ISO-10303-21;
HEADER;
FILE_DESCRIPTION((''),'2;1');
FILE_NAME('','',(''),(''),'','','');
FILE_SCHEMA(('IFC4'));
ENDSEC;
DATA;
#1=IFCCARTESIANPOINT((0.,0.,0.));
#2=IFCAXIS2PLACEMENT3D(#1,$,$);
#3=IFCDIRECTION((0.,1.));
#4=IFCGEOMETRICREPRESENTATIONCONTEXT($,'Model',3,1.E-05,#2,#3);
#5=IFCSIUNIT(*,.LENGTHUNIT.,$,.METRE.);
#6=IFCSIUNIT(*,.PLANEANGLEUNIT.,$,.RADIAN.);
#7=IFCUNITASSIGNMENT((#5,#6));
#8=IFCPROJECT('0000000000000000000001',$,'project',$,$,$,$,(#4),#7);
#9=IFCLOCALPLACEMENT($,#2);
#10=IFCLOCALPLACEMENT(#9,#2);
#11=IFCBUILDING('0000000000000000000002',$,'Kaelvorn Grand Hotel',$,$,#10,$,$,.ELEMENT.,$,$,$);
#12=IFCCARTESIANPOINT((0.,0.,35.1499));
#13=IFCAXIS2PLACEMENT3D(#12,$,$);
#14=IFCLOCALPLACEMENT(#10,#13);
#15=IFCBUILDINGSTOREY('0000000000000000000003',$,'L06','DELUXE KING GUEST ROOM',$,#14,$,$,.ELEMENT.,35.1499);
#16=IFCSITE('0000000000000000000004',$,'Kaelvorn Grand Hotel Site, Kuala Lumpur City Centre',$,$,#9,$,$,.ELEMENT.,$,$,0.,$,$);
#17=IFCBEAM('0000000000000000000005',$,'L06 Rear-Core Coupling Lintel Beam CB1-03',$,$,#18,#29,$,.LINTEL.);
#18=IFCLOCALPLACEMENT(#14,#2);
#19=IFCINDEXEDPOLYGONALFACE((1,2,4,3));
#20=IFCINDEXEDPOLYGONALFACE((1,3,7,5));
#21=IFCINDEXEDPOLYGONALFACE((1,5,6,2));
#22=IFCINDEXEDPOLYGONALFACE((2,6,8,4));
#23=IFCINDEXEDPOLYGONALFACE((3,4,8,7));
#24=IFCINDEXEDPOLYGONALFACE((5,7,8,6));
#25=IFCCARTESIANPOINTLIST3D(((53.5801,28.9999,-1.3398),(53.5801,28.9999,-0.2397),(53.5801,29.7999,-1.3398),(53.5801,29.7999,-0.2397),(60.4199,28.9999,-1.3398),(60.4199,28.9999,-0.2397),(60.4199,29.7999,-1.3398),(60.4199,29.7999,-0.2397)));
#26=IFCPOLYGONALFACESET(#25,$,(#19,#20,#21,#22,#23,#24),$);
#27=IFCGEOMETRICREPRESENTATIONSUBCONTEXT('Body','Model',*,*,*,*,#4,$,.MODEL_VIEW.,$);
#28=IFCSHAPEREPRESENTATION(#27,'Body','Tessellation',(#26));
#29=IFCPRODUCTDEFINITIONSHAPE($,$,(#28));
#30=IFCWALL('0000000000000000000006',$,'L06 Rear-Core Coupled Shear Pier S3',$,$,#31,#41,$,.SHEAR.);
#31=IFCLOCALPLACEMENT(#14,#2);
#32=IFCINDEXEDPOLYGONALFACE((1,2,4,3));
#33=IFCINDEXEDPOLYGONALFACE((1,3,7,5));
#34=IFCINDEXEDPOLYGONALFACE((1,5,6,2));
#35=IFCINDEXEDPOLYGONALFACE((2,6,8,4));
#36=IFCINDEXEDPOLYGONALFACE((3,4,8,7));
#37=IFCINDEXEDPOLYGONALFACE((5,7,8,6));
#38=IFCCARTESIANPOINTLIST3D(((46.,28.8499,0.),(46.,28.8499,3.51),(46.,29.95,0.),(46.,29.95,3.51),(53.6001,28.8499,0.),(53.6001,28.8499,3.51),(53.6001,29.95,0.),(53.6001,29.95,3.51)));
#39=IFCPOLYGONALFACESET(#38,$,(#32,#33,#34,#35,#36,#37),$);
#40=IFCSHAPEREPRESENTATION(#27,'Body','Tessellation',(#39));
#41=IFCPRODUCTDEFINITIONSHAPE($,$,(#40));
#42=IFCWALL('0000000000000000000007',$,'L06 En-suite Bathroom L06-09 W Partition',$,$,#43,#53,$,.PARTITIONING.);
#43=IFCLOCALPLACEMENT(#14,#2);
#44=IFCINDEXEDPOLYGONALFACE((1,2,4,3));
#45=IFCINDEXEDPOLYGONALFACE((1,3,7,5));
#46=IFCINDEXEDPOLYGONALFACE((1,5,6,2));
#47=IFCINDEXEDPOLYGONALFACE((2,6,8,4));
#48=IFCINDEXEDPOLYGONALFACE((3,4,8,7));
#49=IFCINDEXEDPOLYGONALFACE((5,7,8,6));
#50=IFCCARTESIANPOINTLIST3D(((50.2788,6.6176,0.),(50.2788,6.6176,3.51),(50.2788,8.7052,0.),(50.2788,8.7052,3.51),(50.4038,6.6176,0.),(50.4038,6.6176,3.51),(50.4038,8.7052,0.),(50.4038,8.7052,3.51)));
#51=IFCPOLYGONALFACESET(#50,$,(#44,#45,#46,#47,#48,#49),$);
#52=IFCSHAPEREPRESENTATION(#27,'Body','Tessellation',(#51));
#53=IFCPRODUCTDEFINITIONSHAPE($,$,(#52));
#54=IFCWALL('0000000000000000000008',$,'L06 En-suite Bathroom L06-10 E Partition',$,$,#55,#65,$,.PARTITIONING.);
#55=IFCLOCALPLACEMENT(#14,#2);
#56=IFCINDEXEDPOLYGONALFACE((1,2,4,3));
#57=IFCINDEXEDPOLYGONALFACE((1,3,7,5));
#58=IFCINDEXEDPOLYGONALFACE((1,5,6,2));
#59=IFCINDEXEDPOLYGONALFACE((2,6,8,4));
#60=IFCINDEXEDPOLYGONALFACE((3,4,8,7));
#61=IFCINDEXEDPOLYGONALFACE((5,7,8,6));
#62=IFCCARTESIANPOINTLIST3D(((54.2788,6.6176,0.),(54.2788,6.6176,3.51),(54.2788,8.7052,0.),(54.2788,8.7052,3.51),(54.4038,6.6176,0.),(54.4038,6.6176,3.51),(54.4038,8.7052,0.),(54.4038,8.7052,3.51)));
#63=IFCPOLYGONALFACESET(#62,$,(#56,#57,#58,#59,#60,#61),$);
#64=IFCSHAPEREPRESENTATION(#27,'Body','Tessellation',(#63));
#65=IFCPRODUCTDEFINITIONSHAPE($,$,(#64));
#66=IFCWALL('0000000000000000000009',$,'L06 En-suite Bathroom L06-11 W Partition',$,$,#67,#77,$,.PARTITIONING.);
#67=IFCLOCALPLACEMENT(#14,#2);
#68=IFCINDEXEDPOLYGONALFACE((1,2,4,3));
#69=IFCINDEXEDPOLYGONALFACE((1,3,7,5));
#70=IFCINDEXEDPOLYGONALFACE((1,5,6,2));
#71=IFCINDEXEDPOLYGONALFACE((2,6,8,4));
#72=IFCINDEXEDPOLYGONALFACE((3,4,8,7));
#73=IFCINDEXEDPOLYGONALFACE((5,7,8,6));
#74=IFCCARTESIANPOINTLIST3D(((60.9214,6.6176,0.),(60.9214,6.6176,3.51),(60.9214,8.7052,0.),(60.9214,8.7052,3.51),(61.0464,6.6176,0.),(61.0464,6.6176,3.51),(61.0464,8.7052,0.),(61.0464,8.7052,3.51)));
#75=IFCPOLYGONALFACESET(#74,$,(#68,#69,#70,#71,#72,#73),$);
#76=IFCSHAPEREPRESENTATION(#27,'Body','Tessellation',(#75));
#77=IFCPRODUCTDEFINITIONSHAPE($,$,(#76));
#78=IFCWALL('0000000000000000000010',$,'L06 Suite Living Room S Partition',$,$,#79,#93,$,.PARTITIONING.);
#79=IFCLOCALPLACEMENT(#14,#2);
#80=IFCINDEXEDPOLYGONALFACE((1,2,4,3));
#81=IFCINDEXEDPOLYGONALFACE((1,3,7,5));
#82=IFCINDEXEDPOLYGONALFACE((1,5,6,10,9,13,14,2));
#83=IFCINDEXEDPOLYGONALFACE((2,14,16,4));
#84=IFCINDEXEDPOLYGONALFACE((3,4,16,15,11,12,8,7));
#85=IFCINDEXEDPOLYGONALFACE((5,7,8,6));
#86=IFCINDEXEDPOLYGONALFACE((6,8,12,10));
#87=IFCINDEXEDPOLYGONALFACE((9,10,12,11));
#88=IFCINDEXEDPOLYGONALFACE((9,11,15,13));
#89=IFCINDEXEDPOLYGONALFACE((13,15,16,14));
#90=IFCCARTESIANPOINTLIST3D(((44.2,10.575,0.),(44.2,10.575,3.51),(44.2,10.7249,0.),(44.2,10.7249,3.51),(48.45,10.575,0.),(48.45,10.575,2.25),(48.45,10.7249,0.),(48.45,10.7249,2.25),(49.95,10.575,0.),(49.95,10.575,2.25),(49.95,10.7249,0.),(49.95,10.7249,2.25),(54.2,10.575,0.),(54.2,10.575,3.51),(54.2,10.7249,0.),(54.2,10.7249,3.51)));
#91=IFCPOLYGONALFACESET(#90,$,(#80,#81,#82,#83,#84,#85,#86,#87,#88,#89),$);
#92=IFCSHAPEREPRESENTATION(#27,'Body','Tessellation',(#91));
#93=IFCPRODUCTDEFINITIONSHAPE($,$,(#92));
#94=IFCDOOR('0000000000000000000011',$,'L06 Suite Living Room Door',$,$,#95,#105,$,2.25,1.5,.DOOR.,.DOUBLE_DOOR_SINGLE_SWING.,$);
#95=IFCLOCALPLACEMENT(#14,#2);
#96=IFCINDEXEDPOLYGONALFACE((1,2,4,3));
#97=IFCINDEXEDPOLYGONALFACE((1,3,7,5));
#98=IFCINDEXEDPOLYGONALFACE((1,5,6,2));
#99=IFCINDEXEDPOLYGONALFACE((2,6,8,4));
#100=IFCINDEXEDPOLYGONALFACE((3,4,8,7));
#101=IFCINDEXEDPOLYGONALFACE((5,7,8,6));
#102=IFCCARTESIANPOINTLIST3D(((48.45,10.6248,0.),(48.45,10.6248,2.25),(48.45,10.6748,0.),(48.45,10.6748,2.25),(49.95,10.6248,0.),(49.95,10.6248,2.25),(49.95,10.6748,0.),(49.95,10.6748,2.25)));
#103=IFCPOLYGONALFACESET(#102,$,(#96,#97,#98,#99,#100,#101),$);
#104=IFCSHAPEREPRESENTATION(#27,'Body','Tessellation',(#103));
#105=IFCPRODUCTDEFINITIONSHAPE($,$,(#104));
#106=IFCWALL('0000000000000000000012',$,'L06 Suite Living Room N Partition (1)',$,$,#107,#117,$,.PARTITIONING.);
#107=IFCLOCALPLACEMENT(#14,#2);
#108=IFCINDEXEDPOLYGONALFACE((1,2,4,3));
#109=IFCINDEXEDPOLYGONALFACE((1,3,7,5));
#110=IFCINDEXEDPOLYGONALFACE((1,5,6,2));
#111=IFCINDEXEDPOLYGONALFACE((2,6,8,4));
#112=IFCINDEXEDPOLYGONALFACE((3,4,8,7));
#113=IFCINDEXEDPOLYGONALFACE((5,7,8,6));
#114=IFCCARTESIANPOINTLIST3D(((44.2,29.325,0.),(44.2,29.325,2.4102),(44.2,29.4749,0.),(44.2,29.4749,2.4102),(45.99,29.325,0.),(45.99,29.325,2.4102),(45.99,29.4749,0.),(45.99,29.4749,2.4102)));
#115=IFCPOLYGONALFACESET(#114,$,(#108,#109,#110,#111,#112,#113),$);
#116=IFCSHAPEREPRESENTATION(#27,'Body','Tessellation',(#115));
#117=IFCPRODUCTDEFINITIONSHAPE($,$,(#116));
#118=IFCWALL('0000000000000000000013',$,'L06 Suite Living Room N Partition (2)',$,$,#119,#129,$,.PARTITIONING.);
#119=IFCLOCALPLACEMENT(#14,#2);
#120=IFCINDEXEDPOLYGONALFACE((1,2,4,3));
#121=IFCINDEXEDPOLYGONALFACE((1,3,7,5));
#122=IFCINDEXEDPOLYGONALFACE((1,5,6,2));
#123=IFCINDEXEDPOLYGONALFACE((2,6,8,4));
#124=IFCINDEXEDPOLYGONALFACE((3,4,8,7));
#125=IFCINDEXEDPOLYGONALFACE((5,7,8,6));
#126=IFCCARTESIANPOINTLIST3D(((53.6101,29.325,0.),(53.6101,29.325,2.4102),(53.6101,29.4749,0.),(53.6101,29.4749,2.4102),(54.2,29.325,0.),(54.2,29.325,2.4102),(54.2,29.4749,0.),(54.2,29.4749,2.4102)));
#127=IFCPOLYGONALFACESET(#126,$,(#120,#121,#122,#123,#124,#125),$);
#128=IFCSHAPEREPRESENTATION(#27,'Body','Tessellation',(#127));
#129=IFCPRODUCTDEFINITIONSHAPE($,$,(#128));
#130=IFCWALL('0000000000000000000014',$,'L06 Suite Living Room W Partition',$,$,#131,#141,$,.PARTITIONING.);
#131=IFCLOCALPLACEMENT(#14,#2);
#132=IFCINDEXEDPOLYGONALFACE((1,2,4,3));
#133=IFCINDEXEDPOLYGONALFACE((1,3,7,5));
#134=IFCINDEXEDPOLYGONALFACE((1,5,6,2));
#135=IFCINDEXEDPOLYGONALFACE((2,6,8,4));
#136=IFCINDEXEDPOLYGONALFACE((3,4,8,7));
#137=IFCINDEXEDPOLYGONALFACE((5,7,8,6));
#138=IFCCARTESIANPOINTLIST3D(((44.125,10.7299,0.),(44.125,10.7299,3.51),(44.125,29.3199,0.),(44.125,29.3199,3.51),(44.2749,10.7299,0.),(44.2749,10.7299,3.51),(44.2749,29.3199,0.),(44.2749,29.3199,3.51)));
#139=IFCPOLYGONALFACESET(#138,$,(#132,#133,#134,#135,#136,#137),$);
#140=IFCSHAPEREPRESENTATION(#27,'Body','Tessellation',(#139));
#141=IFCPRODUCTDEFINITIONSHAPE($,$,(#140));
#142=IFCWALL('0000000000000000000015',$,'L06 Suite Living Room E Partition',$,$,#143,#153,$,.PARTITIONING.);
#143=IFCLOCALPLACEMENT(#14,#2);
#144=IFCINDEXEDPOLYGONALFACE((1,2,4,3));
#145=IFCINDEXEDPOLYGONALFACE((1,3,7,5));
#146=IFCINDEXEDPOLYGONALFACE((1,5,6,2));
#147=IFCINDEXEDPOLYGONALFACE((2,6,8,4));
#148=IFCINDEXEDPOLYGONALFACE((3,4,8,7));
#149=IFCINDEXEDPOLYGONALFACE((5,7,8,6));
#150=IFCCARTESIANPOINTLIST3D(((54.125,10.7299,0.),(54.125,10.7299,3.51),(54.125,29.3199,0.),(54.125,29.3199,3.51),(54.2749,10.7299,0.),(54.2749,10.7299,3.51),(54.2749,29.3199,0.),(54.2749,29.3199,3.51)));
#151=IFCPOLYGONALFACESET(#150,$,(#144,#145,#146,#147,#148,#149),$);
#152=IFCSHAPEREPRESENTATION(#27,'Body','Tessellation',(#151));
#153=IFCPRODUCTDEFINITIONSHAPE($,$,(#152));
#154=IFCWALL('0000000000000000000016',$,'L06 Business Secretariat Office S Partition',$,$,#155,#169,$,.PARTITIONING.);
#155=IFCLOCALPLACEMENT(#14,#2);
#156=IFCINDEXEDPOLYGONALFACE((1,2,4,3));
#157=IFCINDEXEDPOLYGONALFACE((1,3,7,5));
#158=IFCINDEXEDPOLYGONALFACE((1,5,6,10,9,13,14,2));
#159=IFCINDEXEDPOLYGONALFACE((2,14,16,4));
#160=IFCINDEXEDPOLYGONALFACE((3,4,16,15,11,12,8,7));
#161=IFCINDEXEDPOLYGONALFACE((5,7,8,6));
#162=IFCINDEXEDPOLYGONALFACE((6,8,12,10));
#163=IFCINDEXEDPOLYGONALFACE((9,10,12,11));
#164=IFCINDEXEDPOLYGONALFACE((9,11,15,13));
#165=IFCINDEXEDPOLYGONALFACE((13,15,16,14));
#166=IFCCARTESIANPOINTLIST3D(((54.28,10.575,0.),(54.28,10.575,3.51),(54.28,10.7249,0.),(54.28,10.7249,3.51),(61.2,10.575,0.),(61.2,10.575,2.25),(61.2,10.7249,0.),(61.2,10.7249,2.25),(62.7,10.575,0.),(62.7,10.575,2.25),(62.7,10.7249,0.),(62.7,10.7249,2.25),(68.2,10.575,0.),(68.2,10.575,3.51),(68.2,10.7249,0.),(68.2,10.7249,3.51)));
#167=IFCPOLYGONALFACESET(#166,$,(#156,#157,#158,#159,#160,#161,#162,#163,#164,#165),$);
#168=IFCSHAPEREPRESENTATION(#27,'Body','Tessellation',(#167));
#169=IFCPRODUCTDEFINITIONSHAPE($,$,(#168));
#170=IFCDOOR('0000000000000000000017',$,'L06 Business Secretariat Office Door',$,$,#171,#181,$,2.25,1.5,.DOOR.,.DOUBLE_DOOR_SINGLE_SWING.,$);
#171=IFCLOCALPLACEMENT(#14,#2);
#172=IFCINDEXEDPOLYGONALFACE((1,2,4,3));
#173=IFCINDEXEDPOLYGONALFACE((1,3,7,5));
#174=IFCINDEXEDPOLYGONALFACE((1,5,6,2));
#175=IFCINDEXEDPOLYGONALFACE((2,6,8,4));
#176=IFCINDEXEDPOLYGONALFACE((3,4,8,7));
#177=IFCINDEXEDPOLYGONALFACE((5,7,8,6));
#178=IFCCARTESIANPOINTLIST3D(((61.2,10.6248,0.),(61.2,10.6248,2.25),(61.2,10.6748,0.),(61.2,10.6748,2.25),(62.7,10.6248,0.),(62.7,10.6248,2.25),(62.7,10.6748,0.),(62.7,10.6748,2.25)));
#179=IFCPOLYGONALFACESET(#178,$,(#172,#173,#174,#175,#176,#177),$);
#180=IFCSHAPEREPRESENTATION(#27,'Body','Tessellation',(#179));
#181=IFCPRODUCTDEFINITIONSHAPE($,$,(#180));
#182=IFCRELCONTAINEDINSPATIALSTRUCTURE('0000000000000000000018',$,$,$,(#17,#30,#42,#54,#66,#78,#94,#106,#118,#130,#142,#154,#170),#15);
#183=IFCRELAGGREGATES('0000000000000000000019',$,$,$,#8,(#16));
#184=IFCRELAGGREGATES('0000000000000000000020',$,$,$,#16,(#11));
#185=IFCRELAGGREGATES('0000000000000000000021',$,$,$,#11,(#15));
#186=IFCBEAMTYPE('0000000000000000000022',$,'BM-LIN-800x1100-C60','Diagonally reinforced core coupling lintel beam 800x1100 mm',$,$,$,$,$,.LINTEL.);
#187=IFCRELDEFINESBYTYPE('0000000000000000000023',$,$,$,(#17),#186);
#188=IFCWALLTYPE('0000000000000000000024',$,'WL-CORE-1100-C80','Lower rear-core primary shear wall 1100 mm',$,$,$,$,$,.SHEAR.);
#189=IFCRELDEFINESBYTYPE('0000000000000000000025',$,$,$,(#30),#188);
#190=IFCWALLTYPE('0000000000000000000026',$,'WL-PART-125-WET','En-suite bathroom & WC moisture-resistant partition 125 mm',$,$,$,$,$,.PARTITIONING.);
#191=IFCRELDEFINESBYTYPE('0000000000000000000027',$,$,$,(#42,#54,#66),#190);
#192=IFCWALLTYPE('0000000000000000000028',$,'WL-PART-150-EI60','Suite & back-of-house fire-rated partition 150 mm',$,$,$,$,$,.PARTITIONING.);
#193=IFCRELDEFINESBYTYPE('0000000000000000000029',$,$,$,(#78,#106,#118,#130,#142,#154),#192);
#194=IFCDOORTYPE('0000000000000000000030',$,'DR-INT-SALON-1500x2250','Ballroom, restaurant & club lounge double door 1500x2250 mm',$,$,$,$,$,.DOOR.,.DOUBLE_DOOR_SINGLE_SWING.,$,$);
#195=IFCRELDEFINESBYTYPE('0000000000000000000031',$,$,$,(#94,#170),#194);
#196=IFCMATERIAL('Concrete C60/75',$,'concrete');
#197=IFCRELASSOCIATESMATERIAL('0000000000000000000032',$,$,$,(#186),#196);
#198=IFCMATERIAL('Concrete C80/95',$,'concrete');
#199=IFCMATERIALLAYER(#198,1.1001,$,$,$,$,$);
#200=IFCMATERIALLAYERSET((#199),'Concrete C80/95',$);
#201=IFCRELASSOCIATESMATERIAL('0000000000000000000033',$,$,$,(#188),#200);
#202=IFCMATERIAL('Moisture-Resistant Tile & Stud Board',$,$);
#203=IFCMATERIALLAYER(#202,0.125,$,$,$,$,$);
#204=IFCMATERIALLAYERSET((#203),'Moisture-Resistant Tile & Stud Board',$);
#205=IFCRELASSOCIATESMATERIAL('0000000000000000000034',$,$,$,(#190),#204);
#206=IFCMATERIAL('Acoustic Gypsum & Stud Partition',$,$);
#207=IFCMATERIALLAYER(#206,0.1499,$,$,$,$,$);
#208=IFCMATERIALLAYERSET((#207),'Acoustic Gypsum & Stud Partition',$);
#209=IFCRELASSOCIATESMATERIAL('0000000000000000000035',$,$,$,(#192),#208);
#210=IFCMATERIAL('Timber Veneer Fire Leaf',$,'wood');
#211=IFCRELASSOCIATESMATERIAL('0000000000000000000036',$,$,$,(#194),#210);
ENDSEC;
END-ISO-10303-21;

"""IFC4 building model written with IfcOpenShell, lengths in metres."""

from ifc_helpers import new_model, si_unit, direction, frame, frame_2d, origin, origin_2d, place, context, subcontext, project, spatial, rectangle, extrude, material, layer, layer_set, material_profile, profile_set, type_object, element, fill, save


model = new_model("IFC4")

# Units and contexts
model_context = context("Model", 3, precision=1e-05, world=origin(), true_north=direction((0.0, 1.0)))
body_context = subcontext(model_context, "Body", "Model", "MODEL_VIEW")
ifc_project = project(units=[si_unit("LENGTHUNIT", "METRE"), si_unit("PLANEANGLEUNIT", "RADIAN")], contexts=[model_context])

# Site, building, storey
site_placement = place(None, origin())
site = spatial("IfcSite", under=ifc_project, at=site_placement, Name="Kaelvorn Grand Hotel Site, Kuala Lumpur City Centre", CompositionType="ELEMENT", RefElevation=0.0)
building_placement = place(site_placement, origin())
building = spatial("IfcBuilding", under=site, at=building_placement, Name="Kaelvorn Grand Hotel", CompositionType="ELEMENT")
storey_placement = place(building_placement, frame((0.0, 0.0, 35.1499)))
storey = spatial("IfcBuildingStorey", under=building, at=storey_placement, Name="L06", Description="DELUXE KING GUEST ROOM", CompositionType="ELEMENT", Elevation=35.1499)

# Shared definitions
ifc_material_1 = material(Name="Concrete C80/95", Category="concrete")

# Beam
ifc_material_2 = material(Name="Concrete C60/75", Category="concrete")
ifc_material_profile_1 = material_profile(ifc_material_2, rectangle(XDim=0.8, YDim=1.1001, at=origin_2d()), Name="RC LINTEL 800x1100")
ifc_profile_set_1 = profile_set([ifc_material_profile_1], Name="Concrete C60/75")
beam_type_1 = type_object("IfcBeamType", Name="BM-LIN-800x1100-C60", Description="Diagonally reinforced core coupling lintel beam 800x1100 mm", PredefinedType="LINTEL", material=ifc_profile_set_1)
beam_1_placement = place(storey_placement, frame((53.5801, 29.3999, -0.7898), z_axis=(1.0, 0.0, 0.0), x_axis=(0.0, 1.0, 0.0)))
element("IfcBeam", 1, at=beam_1_placement, inside=storey, type_object=beam_type_1, Name="L06 Rear-Core Coupling Lintel Beam CB1-03", PredefinedType="LINTEL", context=body_context, shape_type="SweptSolid", body=[
    extrude(rectangle(XDim=0.8, YDim=1.1001, at=origin_2d()), origin(), (0.0, 0.0, 1.0), 6.8398),
])

# Walls
ifc_layer_1 = layer(ifc_material_1, 1.1001)
ifc_layer_set_1 = layer_set([ifc_layer_1], Name="Concrete C80/95")
wall_type_1 = type_object("IfcWallType", Name="WL-CORE-1100-C80", Description="Lower rear-core primary shear wall 1100 mm", PredefinedType="SHEAR", material=ifc_layer_set_1)
wall_1_placement = place(storey_placement, frame((46.0, 29.3999, 0.0), z_axis=(0.0, 0.0, 1.0), x_axis=(1.0, 0.0, 0.0)))
element("IfcWall", 2, at=wall_1_placement, inside=storey, type_object=wall_type_1, Name="L06 Rear-Core Coupled Shear Pier S3", PredefinedType="SHEAR", context=body_context, shape_type="SweptSolid", body=[
    extrude(rectangle(XDim=7.6001, YDim=1.1001, at=frame_2d((3.8, 0.0))), origin(), (0.0, 0.0, 1.0), 3.51),
])
ifc_material_3 = material(Name="Moisture-Resistant Tile & Stud Board")
ifc_layer_2 = layer(ifc_material_3, 0.125)
ifc_layer_set_2 = layer_set([ifc_layer_2], Name="Moisture-Resistant Tile & Stud Board")
wall_type_2 = type_object("IfcWallType", Name="WL-PART-125-WET", Description="En-suite bathroom & WC moisture-resistant partition 125 mm", PredefinedType="PARTITIONING", material=ifc_layer_set_2)
for number, where, z_axis, x_axis, name in (
    (3, (50.3413, 6.6174, 0.0), (0.0, 0.0, 1.0), (0.0, 1.0, 0.0), "L06 En-suite Bathroom L06-09 W Partition"),
    (4, (54.3413, 6.6174, 0.0), (0.0, 0.0, 1.0), (0.0, 1.0, 0.0), "L06 En-suite Bathroom L06-10 E Partition"),
    (5, (60.9839, 6.6174, 0.0), (0.0, 0.0, 1.0), (0.0, 1.0, 0.0), "L06 En-suite Bathroom L06-11 W Partition"),
):
    element("IfcWall", number, at=place(storey_placement, frame(where, z_axis=z_axis, x_axis=x_axis)), inside=storey, type_object=wall_type_2, Name=name, PredefinedType="PARTITIONING", context=body_context, shape_type="SweptSolid", body=[
        extrude(rectangle(XDim=2.0876, YDim=0.125, at=frame_2d((1.0439, 0.0))), origin(), (0.0, 0.0, 1.0), 3.51),
    ])

# Wall, opening, door
ifc_material_4 = material(Name="Acoustic Gypsum & Stud Partition")
ifc_layer_3 = layer(ifc_material_4, 0.1499)
ifc_layer_set_3 = layer_set([ifc_layer_3], Name="Acoustic Gypsum & Stud Partition")
wall_type_3 = type_object("IfcWallType", Name="WL-PART-150-EI60", Description="Suite & back-of-house fire-rated partition 150 mm", PredefinedType="PARTITIONING", material=ifc_layer_set_3)
wall_2_placement = place(storey_placement, frame((44.2, 10.6499, 0.0), z_axis=(0.0, 0.0, 1.0), x_axis=(1.0, 0.0, 0.0)))
wall_2 = element("IfcWall", 6, at=wall_2_placement, inside=storey, type_object=wall_type_3, Name="L06 Suite Living Room S Partition", PredefinedType="PARTITIONING", context=body_context, shape_type="SweptSolid", body=[
    extrude(rectangle(XDim=10.0, YDim=0.1499, at=frame_2d((5.0, 0.0))), origin(), (0.0, 0.0, 1.0), 3.51),
])
opening_1_placement = place(wall_2_placement, frame((4.25, 0.0, 0.0)))
opening_1 = element("IfcOpeningElement", 7, at=opening_1_placement, cuts=wall_2, PredefinedType="OPENING", context=body_context, shape_type="SweptSolid", body=[
    extrude(rectangle(XDim=1.5, YDim=2.25, at=frame_2d((0.75, 1.125))), frame((0.0, 0.085, 0.0), z_axis=(0.0, -1.0, 0.0), x_axis=(1.0, 0.0, 0.0)), (0.0, 0.0, 1.0), 0.1699),
])
ifc_material_5 = material(Name="Timber Veneer Fire Leaf", Category="wood")
door_type_1 = type_object("IfcDoorType", Name="DR-INT-SALON-1500x2250", Description="Ballroom, restaurant & club lounge double door 1500x2250 mm", OperationType="DOUBLE_DOOR_SINGLE_SWING", PredefinedType="DOOR", material=ifc_material_5)
door_1_placement = place(opening_1_placement, origin())
door_1 = element("IfcDoor", 8, at=door_1_placement, inside=storey, type_object=door_type_1, Name="L06 Suite Living Room Door", OperationType="DOUBLE_DOOR_SINGLE_SWING", OverallHeight=2.25, OverallWidth=1.5, PredefinedType="DOOR", context=body_context, shape_type="SweptSolid", body=[
    extrude(rectangle(XDim=1.5, YDim=2.25, at=frame_2d((0.75, 1.125))), frame((0.0, 0.0249, 0.0), z_axis=(0.0, -1.0, 0.0), x_axis=(1.0, 0.0, 0.0)), (0.0, 0.0, 1.0), 0.05),
])
fill(opening_1, door_1)

# Walls
wall_3_placement = place(storey_placement, frame((44.2, 29.3999, 0.0), z_axis=(0.0, 0.0, 1.0), x_axis=(1.0, 0.0, 0.0)))
element("IfcWall", 9, at=wall_3_placement, inside=storey, type_object=wall_type_3, Name="L06 Suite Living Room N Partition (1)", PredefinedType="PARTITIONING", context=body_context, shape_type="SweptSolid", body=[
    extrude(rectangle(XDim=1.79, YDim=0.1499, at=frame_2d((0.895, 0.0))), origin(), (0.0, 0.0, 1.0), 2.4102),
])
wall_4_placement = place(storey_placement, frame((53.6101, 29.3999, 0.0), z_axis=(0.0, 0.0, 1.0), x_axis=(1.0, 0.0, 0.0)))
element("IfcWall", 10, at=wall_4_placement, inside=storey, type_object=wall_type_3, Name="L06 Suite Living Room N Partition (2)", PredefinedType="PARTITIONING", context=body_context, shape_type="SweptSolid", body=[
    extrude(rectangle(XDim=0.5898, YDim=0.1499, at=frame_2d((0.2949, 0.0))), origin(), (0.0, 0.0, 1.0), 2.4102),
])
for number, where, z_axis, x_axis, name in (
    (11, (44.2, 10.73, 0.0), (0.0, 0.0, 1.0), (0.0, 1.0, 0.0), "L06 Suite Living Room W Partition"),
    (12, (54.2, 10.73, 0.0), (0.0, 0.0, 1.0), (0.0, 1.0, 0.0), "L06 Suite Living Room E Partition"),
):
    element("IfcWall", number, at=place(storey_placement, frame(where, z_axis=z_axis, x_axis=x_axis)), inside=storey, type_object=wall_type_3, Name=name, PredefinedType="PARTITIONING", context=body_context, shape_type="SweptSolid", body=[
        extrude(rectangle(XDim=18.5901, YDim=0.1499, at=frame_2d((9.2949, 0.0))), origin(), (0.0, 0.0, 1.0), 3.51),
    ])

# Wall, opening, door
wall_5_placement = place(storey_placement, frame((54.28, 10.6499, 0.0), z_axis=(0.0, 0.0, 1.0), x_axis=(1.0, 0.0, 0.0)))
wall_5 = element("IfcWall", 13, at=wall_5_placement, inside=storey, type_object=wall_type_3, Name="L06 Business Secretariat Office S Partition", PredefinedType="PARTITIONING", context=body_context, shape_type="SweptSolid", body=[
    extrude(rectangle(XDim=13.9199, YDim=0.1499, at=frame_2d((6.96, 0.0))), origin(), (0.0, 0.0, 1.0), 3.51),
])
opening_2_placement = place(wall_5_placement, frame((6.9199, 0.0, 0.0)))
opening_2 = element("IfcOpeningElement", 14, at=opening_2_placement, cuts=wall_5, PredefinedType="OPENING", context=body_context, shape_type="SweptSolid", body=[
    extrude(rectangle(XDim=1.5, YDim=2.25, at=frame_2d((0.75, 1.125))), frame((0.0, 0.085, 0.0), z_axis=(0.0, -1.0, 0.0), x_axis=(1.0, 0.0, 0.0)), (0.0, 0.0, 1.0), 0.1699),
])
door_2_placement = place(opening_2_placement, origin())
door_2 = element("IfcDoor", 15, at=door_2_placement, inside=storey, type_object=door_type_1, Name="L06 Business Secretariat Office Door", OperationType="DOUBLE_DOOR_SINGLE_SWING", OverallHeight=2.25, OverallWidth=1.5, PredefinedType="DOOR", context=body_context, shape_type="SweptSolid", body=[
    extrude(rectangle(XDim=1.5, YDim=2.25, at=frame_2d((0.75, 1.125))), frame((0.0, 0.0249, 0.0), z_axis=(0.0, -1.0, 0.0), x_axis=(1.0, 0.0, 0.0)), (0.0, 0.0, 1.0), 0.05),
])
fill(opening_2, door_2)

save(model, "model.ifc")
